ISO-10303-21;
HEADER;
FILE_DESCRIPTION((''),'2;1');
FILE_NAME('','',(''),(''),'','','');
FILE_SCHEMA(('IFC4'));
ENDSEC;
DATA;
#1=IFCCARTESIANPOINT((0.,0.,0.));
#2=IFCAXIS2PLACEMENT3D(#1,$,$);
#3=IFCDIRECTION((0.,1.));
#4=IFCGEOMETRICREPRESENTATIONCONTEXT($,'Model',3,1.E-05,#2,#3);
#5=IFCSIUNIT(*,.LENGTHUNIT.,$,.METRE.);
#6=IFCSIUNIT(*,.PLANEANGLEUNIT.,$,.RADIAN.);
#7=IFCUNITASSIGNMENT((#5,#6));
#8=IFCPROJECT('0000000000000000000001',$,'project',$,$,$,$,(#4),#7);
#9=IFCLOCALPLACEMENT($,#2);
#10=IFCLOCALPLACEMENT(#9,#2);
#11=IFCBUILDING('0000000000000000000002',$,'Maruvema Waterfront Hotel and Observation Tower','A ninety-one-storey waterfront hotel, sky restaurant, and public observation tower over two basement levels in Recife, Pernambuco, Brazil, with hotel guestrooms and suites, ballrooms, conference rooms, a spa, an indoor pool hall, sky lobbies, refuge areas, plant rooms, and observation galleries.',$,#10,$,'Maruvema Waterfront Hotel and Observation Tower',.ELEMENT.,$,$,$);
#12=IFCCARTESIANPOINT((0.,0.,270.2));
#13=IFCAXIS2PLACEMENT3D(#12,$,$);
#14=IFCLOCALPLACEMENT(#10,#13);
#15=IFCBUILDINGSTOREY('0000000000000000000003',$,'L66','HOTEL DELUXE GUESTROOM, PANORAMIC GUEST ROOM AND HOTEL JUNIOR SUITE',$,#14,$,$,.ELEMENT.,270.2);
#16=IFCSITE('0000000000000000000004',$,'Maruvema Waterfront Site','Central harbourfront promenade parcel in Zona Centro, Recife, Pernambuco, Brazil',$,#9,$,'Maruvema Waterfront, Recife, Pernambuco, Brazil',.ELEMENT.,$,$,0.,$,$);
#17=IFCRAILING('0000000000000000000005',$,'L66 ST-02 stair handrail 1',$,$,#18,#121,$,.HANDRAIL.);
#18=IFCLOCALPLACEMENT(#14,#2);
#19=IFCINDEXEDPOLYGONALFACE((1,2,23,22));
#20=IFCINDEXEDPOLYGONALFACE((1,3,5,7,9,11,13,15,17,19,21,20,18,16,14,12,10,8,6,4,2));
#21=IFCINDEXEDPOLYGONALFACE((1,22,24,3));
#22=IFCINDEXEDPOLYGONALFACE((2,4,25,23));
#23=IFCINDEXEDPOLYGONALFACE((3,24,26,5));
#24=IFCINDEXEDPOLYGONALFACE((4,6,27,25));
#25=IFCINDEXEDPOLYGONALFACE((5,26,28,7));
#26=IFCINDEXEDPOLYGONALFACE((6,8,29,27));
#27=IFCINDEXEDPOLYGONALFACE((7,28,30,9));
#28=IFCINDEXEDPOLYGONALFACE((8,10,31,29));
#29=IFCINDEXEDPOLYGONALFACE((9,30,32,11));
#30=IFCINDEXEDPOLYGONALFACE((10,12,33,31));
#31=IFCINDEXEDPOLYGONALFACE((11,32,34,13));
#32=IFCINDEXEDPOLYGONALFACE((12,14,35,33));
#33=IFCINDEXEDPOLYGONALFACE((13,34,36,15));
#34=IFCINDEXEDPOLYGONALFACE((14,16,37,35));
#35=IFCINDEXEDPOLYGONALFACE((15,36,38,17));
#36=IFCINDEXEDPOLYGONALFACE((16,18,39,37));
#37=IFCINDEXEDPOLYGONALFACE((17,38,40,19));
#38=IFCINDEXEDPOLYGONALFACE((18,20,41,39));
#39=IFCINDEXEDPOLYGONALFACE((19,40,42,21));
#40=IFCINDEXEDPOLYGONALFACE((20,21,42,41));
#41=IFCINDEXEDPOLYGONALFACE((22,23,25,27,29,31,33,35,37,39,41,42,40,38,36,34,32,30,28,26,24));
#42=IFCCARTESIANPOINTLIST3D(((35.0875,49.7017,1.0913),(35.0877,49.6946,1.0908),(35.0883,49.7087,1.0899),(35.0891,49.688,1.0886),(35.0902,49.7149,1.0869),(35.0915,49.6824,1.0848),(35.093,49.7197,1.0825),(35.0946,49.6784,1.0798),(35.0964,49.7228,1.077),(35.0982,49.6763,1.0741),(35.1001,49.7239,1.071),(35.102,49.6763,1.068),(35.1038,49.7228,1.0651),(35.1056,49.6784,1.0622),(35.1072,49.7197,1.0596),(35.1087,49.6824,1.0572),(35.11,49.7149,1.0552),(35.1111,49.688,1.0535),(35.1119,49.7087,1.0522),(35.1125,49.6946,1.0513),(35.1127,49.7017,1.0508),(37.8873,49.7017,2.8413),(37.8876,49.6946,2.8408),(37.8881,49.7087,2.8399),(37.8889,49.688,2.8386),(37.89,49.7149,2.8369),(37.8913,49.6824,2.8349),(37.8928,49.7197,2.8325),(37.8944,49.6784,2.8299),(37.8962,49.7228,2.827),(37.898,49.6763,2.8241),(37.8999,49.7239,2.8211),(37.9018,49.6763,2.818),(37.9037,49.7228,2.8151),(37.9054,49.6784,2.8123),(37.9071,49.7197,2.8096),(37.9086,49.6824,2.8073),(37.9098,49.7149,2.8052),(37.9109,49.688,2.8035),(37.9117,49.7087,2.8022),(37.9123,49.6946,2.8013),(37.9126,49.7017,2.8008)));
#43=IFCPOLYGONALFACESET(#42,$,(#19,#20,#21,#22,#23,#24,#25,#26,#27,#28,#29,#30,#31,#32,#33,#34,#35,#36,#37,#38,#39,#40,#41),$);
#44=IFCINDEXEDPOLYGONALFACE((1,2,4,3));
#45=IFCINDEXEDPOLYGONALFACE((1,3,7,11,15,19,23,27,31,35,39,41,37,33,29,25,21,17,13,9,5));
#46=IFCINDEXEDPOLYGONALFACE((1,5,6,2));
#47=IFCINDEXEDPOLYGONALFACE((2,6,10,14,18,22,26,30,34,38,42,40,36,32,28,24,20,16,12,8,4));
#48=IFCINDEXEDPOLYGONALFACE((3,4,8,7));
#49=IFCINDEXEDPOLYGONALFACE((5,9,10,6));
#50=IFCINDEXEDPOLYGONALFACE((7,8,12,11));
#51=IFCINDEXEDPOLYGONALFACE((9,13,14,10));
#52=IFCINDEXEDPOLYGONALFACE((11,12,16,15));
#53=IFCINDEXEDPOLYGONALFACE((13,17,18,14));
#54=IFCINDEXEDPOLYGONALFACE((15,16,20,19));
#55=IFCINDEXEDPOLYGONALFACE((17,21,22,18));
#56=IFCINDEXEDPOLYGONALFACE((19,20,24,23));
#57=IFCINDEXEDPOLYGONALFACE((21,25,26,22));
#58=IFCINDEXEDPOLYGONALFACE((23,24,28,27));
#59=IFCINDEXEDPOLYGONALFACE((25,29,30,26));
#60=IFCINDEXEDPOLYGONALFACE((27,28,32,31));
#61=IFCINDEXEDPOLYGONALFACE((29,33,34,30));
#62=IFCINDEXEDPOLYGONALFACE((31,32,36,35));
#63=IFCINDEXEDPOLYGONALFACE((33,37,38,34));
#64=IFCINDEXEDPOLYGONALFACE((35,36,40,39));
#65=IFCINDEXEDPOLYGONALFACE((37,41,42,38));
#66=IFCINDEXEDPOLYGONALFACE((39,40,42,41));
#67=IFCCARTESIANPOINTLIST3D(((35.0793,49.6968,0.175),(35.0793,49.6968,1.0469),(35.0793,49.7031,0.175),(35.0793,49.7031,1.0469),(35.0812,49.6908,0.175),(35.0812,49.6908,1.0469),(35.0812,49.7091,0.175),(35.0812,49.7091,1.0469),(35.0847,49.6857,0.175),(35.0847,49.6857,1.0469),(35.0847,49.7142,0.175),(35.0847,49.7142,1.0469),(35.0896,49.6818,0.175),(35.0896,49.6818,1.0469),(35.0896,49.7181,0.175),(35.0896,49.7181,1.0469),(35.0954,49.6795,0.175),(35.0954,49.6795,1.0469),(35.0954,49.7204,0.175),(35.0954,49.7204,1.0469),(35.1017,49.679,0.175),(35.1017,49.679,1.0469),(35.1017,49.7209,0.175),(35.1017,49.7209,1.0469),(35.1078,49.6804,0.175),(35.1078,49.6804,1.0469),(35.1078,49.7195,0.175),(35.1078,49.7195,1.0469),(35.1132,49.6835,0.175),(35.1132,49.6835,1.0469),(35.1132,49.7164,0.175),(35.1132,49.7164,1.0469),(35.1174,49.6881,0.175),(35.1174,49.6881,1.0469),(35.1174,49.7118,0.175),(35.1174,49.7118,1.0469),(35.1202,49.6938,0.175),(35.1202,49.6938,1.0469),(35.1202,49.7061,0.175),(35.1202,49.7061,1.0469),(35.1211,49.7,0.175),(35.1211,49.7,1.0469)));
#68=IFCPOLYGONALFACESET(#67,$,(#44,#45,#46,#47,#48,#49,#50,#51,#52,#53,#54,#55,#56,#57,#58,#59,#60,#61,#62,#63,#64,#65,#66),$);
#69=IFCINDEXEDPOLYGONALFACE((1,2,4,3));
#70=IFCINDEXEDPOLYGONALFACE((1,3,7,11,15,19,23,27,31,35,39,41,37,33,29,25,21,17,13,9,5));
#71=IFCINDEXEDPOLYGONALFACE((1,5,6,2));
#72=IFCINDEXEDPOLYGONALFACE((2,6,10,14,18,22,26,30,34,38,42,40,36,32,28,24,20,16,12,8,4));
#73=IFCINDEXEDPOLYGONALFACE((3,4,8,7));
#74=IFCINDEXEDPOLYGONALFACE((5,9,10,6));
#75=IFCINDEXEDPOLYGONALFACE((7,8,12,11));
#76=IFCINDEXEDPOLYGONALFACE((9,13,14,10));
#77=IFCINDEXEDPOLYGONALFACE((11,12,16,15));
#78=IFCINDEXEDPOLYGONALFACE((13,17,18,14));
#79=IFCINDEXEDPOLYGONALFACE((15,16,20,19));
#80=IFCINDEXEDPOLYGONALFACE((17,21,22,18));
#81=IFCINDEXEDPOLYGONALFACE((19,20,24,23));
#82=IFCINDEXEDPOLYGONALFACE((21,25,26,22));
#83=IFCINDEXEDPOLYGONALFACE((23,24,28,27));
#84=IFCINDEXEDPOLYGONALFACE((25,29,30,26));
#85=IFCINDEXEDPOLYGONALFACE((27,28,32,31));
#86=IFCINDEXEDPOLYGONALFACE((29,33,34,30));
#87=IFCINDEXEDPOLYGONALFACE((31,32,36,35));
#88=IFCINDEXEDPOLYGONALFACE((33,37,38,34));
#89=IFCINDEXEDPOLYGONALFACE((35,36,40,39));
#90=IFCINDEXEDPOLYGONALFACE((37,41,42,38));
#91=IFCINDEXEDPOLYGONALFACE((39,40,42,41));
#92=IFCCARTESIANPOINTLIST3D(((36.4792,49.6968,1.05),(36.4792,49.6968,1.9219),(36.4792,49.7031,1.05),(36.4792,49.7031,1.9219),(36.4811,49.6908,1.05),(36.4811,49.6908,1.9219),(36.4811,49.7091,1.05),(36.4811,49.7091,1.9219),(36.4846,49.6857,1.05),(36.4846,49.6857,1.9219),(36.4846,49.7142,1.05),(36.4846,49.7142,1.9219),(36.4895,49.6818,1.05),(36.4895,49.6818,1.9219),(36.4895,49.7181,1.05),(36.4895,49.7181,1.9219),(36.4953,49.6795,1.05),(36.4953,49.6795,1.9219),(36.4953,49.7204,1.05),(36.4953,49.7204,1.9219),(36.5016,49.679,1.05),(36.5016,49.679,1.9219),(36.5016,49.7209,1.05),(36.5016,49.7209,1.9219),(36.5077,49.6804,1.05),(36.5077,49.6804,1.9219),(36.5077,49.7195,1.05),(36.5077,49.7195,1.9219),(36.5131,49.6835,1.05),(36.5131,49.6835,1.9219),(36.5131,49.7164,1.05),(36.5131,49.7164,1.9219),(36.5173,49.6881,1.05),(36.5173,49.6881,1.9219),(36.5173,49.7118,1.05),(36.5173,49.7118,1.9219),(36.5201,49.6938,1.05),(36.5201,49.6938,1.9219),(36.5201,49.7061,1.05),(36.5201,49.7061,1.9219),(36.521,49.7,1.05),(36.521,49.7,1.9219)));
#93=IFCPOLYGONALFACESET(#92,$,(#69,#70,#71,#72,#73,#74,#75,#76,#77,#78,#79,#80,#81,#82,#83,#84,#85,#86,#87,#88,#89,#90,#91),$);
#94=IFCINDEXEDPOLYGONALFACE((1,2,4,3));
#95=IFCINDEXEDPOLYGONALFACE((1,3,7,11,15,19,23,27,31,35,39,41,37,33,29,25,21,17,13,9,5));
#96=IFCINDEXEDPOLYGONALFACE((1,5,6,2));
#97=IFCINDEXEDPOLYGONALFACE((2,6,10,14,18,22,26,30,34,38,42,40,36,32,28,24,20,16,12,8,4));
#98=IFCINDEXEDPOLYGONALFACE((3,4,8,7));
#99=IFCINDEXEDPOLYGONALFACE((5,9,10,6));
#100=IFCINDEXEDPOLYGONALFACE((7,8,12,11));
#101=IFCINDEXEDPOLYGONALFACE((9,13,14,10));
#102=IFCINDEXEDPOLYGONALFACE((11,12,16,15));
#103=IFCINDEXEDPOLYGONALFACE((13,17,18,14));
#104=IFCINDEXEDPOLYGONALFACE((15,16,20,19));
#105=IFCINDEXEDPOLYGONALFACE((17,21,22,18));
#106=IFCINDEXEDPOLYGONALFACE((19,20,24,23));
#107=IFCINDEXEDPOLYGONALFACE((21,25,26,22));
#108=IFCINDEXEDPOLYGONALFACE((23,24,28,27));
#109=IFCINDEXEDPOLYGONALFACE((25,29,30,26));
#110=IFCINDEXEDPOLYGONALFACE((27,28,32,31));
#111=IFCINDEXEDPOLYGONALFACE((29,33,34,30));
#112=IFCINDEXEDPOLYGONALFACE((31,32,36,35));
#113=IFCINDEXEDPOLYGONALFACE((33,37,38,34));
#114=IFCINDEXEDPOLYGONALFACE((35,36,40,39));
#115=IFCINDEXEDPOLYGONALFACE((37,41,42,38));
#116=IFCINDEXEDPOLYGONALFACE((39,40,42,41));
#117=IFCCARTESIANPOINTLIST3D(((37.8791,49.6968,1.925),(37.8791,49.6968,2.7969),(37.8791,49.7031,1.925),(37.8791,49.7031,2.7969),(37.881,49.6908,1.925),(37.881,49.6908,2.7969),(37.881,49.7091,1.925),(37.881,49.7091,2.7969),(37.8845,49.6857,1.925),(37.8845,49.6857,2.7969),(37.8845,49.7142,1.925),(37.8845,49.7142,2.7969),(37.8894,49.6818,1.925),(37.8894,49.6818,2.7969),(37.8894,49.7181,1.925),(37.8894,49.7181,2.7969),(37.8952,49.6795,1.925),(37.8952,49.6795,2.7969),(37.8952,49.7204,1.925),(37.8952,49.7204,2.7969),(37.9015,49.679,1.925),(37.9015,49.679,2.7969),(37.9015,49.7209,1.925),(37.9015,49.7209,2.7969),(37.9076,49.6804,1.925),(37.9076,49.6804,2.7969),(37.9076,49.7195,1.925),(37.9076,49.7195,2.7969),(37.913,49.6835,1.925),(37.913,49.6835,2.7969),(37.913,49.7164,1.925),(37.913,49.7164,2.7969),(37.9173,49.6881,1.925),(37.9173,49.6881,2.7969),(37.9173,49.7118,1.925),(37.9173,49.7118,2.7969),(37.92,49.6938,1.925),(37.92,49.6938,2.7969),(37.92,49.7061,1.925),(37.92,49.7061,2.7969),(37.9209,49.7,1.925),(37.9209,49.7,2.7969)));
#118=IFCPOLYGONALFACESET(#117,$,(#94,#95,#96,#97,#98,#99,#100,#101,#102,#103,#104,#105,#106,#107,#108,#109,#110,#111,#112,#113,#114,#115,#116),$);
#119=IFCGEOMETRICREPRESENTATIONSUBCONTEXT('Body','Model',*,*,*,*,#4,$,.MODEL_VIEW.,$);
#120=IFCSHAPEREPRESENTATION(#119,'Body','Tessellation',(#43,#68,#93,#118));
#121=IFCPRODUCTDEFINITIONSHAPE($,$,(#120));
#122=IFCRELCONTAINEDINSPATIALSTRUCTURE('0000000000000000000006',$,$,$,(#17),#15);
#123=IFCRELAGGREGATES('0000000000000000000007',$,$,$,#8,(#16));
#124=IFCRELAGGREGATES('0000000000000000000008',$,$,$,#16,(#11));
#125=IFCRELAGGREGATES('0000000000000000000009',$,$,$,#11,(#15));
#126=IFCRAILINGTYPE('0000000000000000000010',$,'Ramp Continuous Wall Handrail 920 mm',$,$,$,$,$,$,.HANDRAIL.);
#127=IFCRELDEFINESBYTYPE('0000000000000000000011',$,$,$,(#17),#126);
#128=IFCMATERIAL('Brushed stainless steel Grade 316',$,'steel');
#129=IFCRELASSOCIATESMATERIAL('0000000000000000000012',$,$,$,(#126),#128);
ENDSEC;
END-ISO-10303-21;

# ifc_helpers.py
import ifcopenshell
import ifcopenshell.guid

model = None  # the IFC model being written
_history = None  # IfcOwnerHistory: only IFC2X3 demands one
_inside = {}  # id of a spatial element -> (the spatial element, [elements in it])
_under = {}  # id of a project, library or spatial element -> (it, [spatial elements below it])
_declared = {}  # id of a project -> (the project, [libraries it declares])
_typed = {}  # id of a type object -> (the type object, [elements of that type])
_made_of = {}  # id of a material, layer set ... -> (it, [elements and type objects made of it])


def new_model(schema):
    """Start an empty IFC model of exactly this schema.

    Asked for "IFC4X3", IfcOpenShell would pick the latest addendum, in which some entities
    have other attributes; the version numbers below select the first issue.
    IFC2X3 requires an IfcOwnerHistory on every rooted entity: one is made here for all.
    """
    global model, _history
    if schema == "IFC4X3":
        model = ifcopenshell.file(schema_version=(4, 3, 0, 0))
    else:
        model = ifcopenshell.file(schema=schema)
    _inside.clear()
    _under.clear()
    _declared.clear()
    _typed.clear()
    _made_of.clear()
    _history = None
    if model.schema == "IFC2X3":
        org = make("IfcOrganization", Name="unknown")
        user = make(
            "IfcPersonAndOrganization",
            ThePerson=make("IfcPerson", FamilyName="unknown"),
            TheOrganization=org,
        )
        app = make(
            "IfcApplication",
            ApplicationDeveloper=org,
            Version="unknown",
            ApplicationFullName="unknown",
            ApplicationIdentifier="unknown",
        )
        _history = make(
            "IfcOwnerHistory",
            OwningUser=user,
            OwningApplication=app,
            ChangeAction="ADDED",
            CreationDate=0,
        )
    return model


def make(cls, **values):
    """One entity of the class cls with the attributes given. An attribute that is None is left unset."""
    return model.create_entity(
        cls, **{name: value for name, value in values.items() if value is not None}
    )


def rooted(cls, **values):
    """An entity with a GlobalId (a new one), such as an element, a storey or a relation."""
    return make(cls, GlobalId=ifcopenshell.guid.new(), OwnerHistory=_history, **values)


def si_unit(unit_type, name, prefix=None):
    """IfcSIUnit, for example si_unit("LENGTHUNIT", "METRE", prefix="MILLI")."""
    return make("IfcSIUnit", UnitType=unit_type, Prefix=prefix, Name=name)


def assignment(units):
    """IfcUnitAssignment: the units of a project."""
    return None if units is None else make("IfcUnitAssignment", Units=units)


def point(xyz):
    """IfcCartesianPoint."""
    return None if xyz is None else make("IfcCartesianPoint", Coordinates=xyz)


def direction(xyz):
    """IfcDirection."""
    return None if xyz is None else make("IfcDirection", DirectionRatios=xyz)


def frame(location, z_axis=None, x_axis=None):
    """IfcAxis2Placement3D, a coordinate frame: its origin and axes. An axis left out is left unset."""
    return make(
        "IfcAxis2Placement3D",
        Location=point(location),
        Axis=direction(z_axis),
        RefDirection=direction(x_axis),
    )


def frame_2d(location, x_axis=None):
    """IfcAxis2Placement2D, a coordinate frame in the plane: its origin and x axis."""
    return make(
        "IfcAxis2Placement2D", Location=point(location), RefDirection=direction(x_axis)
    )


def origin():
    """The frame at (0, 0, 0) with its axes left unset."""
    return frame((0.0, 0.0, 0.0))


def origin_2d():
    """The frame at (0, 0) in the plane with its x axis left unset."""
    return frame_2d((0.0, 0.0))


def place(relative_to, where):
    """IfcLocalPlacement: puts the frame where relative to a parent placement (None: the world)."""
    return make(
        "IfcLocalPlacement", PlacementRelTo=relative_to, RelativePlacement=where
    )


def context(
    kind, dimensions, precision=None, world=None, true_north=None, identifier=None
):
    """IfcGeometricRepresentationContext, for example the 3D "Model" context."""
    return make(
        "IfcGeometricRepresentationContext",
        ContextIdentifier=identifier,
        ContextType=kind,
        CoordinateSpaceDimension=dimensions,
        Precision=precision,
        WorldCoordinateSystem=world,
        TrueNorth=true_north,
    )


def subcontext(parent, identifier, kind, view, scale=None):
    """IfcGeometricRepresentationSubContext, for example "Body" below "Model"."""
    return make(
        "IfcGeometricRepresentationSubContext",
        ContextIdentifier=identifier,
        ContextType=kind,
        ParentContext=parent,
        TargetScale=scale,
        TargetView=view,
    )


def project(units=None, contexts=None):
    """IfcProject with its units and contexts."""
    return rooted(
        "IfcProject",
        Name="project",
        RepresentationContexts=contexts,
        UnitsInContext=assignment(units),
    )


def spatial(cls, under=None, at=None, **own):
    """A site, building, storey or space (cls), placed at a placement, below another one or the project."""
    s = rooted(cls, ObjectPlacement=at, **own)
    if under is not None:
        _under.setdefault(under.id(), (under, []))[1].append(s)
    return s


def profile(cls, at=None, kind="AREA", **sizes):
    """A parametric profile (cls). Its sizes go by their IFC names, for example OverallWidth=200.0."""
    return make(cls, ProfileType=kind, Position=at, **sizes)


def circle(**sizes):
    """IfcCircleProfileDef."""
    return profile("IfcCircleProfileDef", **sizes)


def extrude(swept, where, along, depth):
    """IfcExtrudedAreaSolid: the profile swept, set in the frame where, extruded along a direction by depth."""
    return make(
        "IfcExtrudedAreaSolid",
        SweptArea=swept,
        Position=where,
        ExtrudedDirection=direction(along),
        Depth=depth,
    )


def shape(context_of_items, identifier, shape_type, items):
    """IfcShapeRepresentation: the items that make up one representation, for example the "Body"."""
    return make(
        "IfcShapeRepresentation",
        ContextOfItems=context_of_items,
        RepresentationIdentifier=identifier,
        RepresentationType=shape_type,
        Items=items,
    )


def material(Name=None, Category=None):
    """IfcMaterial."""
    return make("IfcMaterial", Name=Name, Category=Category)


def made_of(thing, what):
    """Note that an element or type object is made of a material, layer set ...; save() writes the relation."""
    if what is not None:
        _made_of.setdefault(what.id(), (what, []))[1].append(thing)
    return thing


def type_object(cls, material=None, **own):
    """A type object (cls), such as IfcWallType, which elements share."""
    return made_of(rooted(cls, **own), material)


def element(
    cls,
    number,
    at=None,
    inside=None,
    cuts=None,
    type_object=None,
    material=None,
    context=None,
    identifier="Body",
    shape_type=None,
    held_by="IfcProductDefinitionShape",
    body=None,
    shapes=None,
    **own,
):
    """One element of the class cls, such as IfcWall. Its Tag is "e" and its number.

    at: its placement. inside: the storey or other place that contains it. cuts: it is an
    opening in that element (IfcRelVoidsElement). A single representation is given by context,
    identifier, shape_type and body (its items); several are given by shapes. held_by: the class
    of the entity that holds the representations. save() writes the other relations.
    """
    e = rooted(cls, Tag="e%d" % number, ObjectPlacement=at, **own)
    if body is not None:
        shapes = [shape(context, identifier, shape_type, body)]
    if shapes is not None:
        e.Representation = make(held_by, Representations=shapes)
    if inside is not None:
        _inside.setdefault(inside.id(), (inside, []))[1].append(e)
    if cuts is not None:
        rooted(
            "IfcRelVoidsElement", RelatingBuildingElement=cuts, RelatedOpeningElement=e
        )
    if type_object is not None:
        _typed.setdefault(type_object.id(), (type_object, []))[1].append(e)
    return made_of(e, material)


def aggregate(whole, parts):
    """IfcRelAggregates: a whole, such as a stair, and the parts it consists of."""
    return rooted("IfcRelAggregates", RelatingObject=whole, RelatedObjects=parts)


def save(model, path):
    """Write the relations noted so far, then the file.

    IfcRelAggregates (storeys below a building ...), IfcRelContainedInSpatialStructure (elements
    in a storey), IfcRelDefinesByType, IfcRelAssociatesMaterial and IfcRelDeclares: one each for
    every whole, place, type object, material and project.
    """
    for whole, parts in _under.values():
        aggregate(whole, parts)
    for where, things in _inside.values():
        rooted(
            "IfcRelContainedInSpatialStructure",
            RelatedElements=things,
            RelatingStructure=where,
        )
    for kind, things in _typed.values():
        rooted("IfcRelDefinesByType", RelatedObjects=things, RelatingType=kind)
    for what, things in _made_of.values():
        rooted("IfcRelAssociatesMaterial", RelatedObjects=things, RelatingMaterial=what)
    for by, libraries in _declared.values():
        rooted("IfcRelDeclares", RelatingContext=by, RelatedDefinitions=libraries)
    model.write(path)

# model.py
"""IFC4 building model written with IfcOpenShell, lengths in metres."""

from ifc_helpers import new_model, si_unit, direction, frame, origin, origin_2d, place, context, subcontext, project, spatial, circle, extrude, material, type_object, element, save


model = new_model("IFC4")

# Units and contexts
model_context = context("Model", 3, precision=1e-05, world=origin(), true_north=direction((0.0, 1.0)))
body_context = subcontext(model_context, "Body", "Model", "MODEL_VIEW")
ifc_project = project(units=[si_unit("LENGTHUNIT", "METRE"), si_unit("PLANEANGLEUNIT", "RADIAN")], contexts=[model_context])

# Site, building, storey
site_placement = place(None, origin())
site = spatial("IfcSite", under=ifc_project, at=site_placement, Name="Maruvema Waterfront Site", Description="Central harbourfront promenade parcel in Zona Centro, Recife, Pernambuco, Brazil", LongName="Maruvema Waterfront, Recife, Pernambuco, Brazil", CompositionType="ELEMENT", RefElevation=0.0)
building_placement = place(site_placement, origin())
building = spatial("IfcBuilding", under=site, at=building_placement, Name="Maruvema Waterfront Hotel and Observation Tower", Description="A ninety-one-storey waterfront hotel, sky restaurant, and public observation tower over two basement levels in Recife, Pernambuco, Brazil, with hotel guestrooms and suites, ballrooms, conference rooms, a spa, an indoor pool hall, sky lobbies, refuge areas, plant rooms, and observation galleries.", LongName="Maruvema Waterfront Hotel and Observation Tower", CompositionType="ELEMENT")
storey_placement = place(building_placement, frame((0.0, 0.0, 270.2)))
storey = spatial("IfcBuildingStorey", under=building, at=storey_placement, Name="L66", Description="HOTEL DELUXE GUESTROOM, PANORAMIC GUEST ROOM AND HOTEL JUNIOR SUITE", CompositionType="ELEMENT", Elevation=270.2)

# Railing
ifc_material_1 = material(Name="Brushed stainless steel Grade 316", Category="steel")
railing_type_1 = type_object("IfcRailingType", Name="Ramp Continuous Wall Handrail 920 mm", PredefinedType="HANDRAIL", material=ifc_material_1)
railing_1_placement = place(storey_placement, frame((35.1001, 49.7, 0.175)))
element("IfcRailing", 1, at=railing_1_placement, inside=storey, type_object=railing_type_1, Name="L66 ST-02 stair handrail 1", PredefinedType="HANDRAIL", context=body_context, shape_type="SweptSolid", body=[
    extrude(circle(Radius=0.0239, at=origin_2d()), frame((0.0, 0.0, 0.896), z_axis=(0.847982, 0.0, 0.530026), x_axis=(0.0, 1.0, 0.0)), (0.0, 0.0, 1.0), 3.3018),
    extrude(circle(Radius=0.021, at=origin_2d()), origin(), (0.0, 0.0, 1.0), 0.8718),
    extrude(circle(Radius=0.021, at=origin_2d()), frame((1.3999, 0.0, 0.875)), (0.0, 0.0, 1.0), 0.8718),
    extrude(circle(Radius=0.021, at=origin_2d()), frame((2.7998, 0.0, 1.75)), (0.0, 0.0, 1.0), 0.8718),
])

save(model, "model.ifc")
